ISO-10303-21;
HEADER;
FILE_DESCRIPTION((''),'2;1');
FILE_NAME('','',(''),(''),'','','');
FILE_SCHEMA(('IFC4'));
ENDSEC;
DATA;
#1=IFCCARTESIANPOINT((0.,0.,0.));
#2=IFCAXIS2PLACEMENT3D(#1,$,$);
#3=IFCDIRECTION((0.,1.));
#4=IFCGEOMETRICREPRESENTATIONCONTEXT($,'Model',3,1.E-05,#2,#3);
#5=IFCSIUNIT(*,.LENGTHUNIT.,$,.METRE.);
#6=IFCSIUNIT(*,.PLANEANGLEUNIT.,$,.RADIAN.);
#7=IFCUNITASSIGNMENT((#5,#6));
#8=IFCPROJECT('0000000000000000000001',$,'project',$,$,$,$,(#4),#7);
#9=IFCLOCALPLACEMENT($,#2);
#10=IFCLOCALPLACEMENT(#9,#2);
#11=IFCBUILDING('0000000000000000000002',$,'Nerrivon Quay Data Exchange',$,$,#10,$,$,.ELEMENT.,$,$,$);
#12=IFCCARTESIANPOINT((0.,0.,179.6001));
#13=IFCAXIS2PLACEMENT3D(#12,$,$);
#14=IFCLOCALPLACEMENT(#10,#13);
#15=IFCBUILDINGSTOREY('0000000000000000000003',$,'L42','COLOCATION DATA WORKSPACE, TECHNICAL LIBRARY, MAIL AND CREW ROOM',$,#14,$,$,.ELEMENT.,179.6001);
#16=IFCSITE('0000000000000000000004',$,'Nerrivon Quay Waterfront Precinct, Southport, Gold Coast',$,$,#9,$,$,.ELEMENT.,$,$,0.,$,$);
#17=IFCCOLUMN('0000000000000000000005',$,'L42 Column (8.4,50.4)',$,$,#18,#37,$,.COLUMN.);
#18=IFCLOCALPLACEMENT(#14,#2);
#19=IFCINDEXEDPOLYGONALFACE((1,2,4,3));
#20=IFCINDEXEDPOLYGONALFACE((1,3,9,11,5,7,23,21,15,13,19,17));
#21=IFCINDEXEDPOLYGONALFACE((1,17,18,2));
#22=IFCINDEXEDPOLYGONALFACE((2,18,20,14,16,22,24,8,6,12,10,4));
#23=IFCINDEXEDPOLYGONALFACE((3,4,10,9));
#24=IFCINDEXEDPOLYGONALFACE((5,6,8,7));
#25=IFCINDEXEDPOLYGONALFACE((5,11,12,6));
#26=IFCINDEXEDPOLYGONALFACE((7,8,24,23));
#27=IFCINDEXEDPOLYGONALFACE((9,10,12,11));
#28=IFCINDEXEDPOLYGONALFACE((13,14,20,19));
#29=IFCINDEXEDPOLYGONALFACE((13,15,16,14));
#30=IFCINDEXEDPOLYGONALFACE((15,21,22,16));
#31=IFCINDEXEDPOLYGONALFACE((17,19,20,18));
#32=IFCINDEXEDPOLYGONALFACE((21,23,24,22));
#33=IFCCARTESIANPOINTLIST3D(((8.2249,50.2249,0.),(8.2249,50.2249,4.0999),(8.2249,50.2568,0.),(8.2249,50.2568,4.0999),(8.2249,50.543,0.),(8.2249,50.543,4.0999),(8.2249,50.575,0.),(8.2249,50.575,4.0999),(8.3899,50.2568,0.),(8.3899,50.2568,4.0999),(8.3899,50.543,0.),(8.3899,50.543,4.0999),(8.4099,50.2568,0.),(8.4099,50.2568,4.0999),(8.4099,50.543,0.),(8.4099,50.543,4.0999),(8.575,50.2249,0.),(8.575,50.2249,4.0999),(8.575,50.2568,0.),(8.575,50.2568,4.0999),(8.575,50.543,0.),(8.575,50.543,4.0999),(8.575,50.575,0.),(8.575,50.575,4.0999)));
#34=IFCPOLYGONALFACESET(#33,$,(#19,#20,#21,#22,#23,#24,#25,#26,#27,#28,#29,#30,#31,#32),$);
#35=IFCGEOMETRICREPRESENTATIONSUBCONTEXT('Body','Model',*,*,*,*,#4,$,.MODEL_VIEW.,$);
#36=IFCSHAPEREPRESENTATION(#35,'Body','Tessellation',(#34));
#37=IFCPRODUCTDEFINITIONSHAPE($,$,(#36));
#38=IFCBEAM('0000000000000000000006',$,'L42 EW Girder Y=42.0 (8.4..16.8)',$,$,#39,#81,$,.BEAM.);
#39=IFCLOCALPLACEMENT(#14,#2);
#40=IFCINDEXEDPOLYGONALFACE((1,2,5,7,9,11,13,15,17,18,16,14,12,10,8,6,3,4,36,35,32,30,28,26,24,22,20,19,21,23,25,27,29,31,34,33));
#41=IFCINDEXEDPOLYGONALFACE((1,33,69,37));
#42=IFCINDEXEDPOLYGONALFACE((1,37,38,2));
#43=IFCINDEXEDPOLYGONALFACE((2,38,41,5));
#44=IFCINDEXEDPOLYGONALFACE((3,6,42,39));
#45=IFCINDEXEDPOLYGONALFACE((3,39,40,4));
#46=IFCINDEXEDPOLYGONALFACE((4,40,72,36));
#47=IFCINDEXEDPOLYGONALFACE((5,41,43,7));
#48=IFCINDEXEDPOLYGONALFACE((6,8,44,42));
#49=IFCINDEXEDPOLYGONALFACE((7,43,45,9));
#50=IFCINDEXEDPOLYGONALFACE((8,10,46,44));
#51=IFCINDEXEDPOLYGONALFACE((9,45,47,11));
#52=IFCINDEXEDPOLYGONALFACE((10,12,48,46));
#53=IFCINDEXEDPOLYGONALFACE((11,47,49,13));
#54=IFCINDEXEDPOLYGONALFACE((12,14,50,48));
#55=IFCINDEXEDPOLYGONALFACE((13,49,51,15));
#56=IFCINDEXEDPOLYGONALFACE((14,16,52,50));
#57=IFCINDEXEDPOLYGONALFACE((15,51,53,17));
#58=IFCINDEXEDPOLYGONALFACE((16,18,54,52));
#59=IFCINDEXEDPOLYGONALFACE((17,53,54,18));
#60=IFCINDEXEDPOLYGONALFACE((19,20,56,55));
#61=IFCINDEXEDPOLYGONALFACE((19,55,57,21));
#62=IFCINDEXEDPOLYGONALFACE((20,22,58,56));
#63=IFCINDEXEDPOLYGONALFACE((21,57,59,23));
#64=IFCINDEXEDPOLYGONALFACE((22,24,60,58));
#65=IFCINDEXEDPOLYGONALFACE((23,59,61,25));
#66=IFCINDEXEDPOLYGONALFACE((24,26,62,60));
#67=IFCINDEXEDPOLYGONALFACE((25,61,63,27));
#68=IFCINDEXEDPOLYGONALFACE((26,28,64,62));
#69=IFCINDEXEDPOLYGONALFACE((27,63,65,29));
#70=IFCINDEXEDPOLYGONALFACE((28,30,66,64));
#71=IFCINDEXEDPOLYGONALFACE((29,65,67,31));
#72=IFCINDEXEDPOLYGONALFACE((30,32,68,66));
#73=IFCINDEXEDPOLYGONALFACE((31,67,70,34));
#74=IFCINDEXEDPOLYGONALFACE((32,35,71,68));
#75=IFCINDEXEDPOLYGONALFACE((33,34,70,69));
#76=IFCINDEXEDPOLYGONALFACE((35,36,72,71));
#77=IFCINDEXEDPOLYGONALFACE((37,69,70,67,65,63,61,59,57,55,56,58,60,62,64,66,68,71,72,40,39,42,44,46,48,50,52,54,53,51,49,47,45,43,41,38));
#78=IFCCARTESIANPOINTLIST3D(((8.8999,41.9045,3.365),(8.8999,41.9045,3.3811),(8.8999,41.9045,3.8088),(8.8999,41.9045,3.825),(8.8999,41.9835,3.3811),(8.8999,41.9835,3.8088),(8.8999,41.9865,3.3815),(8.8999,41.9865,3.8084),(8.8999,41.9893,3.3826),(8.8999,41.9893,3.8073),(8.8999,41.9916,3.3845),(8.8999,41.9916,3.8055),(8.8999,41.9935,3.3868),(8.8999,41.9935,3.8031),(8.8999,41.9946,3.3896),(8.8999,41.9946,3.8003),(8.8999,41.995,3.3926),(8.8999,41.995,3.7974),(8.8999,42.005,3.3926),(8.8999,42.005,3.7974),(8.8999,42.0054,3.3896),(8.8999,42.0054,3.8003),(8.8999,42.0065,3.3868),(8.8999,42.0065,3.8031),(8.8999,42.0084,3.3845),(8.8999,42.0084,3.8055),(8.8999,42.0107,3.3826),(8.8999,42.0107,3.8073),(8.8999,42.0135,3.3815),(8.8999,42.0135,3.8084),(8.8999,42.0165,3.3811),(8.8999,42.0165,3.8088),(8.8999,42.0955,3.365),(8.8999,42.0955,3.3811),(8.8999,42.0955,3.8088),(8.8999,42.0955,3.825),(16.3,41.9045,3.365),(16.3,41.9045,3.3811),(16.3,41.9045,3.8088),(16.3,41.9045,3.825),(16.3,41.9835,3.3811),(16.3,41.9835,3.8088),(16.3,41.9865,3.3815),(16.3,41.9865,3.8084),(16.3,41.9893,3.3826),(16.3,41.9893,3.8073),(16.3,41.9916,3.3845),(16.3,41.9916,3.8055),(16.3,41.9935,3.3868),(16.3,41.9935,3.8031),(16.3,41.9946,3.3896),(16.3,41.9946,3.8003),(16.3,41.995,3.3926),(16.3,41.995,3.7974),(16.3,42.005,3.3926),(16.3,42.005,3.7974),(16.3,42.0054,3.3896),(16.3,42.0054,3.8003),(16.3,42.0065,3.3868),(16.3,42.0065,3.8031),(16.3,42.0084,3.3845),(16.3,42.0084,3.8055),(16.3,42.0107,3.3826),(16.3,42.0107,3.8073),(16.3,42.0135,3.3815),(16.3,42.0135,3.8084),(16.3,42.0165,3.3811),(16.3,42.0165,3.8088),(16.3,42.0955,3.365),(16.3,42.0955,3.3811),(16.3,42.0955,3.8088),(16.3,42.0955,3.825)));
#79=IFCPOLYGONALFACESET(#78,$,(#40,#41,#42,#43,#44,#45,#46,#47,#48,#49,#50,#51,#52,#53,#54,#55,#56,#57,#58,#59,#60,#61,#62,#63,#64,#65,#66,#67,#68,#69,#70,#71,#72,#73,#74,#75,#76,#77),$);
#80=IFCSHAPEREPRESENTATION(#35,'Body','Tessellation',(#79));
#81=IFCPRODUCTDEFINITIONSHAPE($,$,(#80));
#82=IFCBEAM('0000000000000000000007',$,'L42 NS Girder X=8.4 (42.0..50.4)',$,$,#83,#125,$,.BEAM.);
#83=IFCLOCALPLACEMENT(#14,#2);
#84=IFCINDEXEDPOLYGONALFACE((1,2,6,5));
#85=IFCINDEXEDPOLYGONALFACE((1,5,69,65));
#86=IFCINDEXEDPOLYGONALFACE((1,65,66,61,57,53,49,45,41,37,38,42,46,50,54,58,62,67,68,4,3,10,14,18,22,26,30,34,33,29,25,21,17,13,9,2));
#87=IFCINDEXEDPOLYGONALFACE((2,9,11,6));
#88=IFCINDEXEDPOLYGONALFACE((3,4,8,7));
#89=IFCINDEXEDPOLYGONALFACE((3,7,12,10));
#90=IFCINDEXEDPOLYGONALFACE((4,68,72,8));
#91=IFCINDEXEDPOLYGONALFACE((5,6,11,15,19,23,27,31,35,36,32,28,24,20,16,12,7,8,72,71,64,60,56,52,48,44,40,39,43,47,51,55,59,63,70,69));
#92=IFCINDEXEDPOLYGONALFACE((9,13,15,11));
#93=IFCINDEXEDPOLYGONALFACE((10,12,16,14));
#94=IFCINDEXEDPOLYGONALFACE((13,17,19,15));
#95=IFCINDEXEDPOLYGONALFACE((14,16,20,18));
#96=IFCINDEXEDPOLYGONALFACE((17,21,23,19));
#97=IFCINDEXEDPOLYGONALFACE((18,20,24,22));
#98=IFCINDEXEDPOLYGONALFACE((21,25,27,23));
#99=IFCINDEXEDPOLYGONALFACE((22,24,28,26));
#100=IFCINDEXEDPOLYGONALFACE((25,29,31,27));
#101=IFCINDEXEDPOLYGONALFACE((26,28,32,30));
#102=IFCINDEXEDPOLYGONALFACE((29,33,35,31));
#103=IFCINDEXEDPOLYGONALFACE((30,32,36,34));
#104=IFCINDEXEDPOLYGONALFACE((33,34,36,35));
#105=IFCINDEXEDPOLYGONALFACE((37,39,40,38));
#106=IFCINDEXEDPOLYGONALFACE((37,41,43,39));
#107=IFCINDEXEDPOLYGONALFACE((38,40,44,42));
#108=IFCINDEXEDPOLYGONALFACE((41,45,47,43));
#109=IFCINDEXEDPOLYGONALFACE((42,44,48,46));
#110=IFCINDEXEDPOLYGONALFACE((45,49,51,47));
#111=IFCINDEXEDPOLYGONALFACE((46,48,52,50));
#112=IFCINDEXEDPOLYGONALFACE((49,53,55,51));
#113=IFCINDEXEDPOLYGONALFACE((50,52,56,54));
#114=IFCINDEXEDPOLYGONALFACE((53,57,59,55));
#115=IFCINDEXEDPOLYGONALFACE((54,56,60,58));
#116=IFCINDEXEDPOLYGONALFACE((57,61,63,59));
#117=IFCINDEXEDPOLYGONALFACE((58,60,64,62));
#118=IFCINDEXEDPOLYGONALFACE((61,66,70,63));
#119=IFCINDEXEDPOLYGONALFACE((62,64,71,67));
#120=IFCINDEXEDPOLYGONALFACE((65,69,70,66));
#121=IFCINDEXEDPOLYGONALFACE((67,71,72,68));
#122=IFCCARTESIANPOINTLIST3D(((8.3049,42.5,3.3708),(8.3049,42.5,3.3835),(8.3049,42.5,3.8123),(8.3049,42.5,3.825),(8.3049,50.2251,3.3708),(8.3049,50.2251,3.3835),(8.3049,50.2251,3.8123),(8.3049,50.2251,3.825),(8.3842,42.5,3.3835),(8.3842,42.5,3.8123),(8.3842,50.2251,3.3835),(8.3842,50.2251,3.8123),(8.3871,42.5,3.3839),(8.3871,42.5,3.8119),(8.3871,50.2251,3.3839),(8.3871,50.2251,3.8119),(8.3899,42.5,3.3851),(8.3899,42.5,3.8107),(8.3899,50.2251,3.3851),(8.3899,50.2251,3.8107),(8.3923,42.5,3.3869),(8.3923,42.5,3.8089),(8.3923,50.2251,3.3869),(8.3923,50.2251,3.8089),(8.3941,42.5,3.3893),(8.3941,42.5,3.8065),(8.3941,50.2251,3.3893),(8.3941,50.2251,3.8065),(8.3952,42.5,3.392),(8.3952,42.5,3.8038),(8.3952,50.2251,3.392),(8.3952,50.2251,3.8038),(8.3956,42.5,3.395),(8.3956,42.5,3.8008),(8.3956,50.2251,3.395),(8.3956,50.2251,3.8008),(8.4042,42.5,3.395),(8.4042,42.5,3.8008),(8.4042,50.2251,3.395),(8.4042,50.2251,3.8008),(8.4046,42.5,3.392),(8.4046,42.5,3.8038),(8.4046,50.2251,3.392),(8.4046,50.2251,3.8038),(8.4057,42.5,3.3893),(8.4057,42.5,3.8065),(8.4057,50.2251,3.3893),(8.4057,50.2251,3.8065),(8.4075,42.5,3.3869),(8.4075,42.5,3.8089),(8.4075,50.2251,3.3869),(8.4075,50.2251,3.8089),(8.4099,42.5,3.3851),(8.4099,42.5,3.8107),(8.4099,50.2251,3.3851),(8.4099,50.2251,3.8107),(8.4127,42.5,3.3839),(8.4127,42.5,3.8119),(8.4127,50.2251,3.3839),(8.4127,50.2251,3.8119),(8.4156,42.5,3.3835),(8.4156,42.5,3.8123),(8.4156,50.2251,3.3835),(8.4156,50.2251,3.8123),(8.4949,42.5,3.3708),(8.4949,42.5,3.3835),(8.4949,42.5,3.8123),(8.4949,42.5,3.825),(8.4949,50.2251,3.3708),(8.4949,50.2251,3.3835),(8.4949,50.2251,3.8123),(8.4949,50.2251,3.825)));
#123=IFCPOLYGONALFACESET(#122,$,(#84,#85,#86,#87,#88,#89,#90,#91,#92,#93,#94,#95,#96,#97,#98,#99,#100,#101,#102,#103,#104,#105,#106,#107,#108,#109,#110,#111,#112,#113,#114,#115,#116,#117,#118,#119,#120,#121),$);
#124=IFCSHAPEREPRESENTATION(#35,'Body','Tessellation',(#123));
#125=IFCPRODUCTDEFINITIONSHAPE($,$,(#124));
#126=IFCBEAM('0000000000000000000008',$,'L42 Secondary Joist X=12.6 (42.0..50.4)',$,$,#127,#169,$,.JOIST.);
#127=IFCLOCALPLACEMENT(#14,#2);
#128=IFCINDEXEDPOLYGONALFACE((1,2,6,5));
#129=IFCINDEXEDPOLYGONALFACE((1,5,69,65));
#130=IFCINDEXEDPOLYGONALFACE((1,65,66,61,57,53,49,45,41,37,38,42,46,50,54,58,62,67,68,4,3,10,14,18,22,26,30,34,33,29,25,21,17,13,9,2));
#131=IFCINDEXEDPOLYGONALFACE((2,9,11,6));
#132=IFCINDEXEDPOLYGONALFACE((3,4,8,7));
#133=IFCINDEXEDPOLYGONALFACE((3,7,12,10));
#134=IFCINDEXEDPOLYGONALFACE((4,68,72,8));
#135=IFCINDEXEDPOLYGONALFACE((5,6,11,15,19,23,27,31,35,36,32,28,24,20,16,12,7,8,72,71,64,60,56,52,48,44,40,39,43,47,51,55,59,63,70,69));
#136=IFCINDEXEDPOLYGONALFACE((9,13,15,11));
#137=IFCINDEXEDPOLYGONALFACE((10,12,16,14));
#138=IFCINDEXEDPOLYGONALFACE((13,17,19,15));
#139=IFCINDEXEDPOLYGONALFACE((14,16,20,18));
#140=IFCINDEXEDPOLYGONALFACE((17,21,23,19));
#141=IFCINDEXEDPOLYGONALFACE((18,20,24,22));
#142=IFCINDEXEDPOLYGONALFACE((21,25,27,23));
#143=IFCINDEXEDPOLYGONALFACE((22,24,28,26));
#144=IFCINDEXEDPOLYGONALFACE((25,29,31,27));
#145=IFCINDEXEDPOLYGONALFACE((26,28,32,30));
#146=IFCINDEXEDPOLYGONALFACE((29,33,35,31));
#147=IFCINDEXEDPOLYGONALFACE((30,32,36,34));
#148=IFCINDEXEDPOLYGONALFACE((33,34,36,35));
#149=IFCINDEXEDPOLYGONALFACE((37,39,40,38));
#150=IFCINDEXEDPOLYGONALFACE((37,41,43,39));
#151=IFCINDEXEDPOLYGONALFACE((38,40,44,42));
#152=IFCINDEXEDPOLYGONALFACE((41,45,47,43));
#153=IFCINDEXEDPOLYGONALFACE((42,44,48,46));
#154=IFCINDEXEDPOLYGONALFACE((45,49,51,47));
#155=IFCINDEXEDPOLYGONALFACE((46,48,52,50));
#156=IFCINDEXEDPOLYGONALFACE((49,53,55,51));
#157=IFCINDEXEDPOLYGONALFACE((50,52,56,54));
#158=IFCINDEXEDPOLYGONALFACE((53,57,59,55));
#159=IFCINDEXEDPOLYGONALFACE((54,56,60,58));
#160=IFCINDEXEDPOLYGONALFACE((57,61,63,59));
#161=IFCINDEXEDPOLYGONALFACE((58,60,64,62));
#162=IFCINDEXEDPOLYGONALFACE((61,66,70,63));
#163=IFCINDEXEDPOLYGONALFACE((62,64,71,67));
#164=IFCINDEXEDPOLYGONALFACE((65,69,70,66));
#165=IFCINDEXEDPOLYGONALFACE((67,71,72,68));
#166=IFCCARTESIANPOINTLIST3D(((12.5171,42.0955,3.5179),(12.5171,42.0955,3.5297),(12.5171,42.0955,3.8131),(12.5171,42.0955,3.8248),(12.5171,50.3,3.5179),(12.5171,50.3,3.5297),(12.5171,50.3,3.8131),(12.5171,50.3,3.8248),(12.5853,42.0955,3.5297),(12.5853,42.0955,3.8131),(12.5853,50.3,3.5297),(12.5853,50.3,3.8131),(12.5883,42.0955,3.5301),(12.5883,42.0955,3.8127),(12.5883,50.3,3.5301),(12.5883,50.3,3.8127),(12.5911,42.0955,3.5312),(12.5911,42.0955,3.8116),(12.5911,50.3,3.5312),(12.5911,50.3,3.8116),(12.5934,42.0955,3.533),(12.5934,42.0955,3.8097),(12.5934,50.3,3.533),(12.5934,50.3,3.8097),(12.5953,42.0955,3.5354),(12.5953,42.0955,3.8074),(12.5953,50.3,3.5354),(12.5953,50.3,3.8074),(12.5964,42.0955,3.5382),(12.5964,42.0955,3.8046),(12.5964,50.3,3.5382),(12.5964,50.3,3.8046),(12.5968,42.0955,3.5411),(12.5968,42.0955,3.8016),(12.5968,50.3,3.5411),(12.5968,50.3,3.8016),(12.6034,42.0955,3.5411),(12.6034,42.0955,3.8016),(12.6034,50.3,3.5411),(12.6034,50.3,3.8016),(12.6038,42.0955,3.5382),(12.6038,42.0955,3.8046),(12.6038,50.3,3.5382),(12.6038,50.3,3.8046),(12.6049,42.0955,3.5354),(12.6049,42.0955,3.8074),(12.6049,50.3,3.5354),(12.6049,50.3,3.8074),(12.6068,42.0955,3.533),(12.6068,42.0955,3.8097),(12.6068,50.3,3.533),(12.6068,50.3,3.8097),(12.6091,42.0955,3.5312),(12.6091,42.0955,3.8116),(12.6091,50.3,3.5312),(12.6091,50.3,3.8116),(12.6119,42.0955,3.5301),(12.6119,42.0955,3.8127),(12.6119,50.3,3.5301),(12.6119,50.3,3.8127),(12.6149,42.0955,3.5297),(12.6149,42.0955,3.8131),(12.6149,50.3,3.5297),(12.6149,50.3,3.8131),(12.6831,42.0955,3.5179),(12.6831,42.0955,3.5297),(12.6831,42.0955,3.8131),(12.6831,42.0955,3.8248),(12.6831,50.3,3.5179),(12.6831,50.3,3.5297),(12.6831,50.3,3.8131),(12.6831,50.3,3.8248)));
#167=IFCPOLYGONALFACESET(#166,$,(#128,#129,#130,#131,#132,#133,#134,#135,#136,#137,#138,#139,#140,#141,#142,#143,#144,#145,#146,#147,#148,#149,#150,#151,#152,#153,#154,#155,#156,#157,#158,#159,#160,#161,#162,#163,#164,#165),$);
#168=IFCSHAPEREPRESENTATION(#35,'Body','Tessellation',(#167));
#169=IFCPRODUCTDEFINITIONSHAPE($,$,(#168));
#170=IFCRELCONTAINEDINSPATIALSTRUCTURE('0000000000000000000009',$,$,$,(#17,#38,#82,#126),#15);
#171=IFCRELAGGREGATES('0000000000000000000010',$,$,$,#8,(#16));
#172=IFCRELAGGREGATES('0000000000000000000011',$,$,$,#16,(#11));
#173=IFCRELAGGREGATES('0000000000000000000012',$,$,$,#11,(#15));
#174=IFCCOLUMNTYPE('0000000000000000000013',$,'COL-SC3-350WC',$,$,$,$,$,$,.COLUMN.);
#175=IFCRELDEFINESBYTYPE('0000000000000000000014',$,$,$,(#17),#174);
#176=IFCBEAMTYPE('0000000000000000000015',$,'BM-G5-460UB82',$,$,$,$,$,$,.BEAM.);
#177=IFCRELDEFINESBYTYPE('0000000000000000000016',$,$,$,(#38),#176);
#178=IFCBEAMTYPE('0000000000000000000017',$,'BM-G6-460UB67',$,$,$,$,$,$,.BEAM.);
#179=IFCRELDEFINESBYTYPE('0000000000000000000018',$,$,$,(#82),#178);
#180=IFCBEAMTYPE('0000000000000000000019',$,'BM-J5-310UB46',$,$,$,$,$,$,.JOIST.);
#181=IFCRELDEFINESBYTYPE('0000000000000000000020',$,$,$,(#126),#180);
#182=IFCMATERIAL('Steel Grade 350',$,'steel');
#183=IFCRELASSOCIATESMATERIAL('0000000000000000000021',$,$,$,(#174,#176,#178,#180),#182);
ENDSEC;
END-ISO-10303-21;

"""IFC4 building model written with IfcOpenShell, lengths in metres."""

from ifc_helpers import new_model, si_unit, direction, frame, origin, origin_2d, place, context, subcontext, project, spatial, i_section, extrude, material, material_profile, profile_set, type_object, element, save


model = new_model("IFC4")

# Units and contexts
model_context = context("Model", 3, precision=1e-05, world=origin(), true_north=direction((0.0, 1.0)))
body_context = subcontext(model_context, "Body", "Model", "MODEL_VIEW")
ifc_project = project(units=[si_unit("LENGTHUNIT", "METRE"), si_unit("PLANEANGLEUNIT", "RADIAN")], contexts=[model_context])

# Site, building, storey
site_placement = place(None, origin())
site = spatial("IfcSite", under=ifc_project, at=site_placement, Name="Nerrivon Quay Waterfront Precinct, Southport, Gold Coast", CompositionType="ELEMENT", RefElevation=0.0)
building_placement = place(site_placement, origin())
building = spatial("IfcBuilding", under=site, at=building_placement, Name="Nerrivon Quay Data Exchange", CompositionType="ELEMENT")
storey_placement = place(building_placement, frame((0.0, 0.0, 179.6001)))
storey = spatial("IfcBuildingStorey", under=building, at=storey_placement, Name="L42", Description="COLOCATION DATA WORKSPACE, TECHNICAL LIBRARY, MAIL AND CREW ROOM", CompositionType="ELEMENT", Elevation=179.6001)

# Column
ifc_material_1 = material(Name="Steel Grade 350", Category="steel")
ifc_material_profile_1 = material_profile(ifc_material_1, i_section(OverallWidth=0.3501, OverallDepth=0.3501, WebThickness=0.02, FlangeThickness=0.032, at=origin_2d()), Name="350WC230")
ifc_profile_set_1 = profile_set([ifc_material_profile_1], Name="Steel Grade 350")
column_type = type_object("IfcColumnType", Name="COL-SC3-350WC", PredefinedType="COLUMN", material=ifc_profile_set_1)
column_placement = place(storey_placement, frame((8.3999, 50.3999, 0.0), z_axis=(0.0, 0.0, 1.0), x_axis=(1.0, 0.0, 0.0)))
element("IfcColumn", 1, at=column_placement, inside=storey, type_object=column_type, Name="L42 Column (8.4,50.4)", PredefinedType="COLUMN", context=body_context, shape_type="SweptSolid", body=[
    extrude(i_section(OverallWidth=0.3501, OverallDepth=0.3501, WebThickness=0.02, FlangeThickness=0.032, at=origin_2d()), origin(), (0.0, 0.0, 1.0), 4.0999),
])

# Beams
ifc_material_profile_2 = material_profile(ifc_material_1, i_section(OverallWidth=0.1909, OverallDepth=0.46, WebThickness=0.01, FlangeThickness=0.0161, FilletRadius=0.0115, at=origin_2d()), Name="460UB82.1")
ifc_profile_set_2 = profile_set([ifc_material_profile_2], Name="Steel Grade 350")
beam_type_1 = type_object("IfcBeamType", Name="BM-G5-460UB82", PredefinedType="BEAM", material=ifc_profile_set_2)
beam_1_placement = place(storey_placement, frame((8.8999, 42.0, 3.595), z_axis=(1.0, 0.0, 0.0), x_axis=(0.0, 1.0, 0.0)))
element("IfcBeam", 2, at=beam_1_placement, inside=storey, type_object=beam_type_1, Name="L42 EW Girder Y=42.0 (8.4..16.8)", PredefinedType="BEAM", context=body_context, shape_type="SweptSolid", body=[
    extrude(i_section(OverallWidth=0.1909, OverallDepth=0.46, WebThickness=0.01, FlangeThickness=0.0161, FilletRadius=0.0115, at=origin_2d()), origin(), (0.0, 0.0, 1.0), 7.4001),
])
ifc_material_profile_3 = material_profile(ifc_material_1, i_section(OverallWidth=0.1899, OverallDepth=0.4541, WebThickness=0.0085, FlangeThickness=0.0127, FilletRadius=0.0115, at=origin_2d()), Name="460UB67.1")
ifc_profile_set_3 = profile_set([ifc_material_profile_3], Name="Steel Grade 350")
beam_type_2 = type_object("IfcBeamType", Name="BM-G6-460UB67", PredefinedType="BEAM", material=ifc_profile_set_3)
beam_2_placement = place(storey_placement, frame((8.3999, 42.5, 3.5979), z_axis=(0.0, 1.0, 0.0), x_axis=(-1.0, 0.0, 0.0)))
element("IfcBeam", 3, at=beam_2_placement, inside=storey, type_object=beam_type_2, Name="L42 NS Girder X=8.4 (42.0..50.4)", PredefinedType="BEAM", context=body_context, shape_type="SweptSolid", body=[
    extrude(i_section(OverallWidth=0.1899, OverallDepth=0.4541, WebThickness=0.0085, FlangeThickness=0.0127, FilletRadius=0.0115, at=origin_2d()), origin(), (0.0, 0.0, 1.0), 7.7251),
])
ifc_material_profile_4 = material_profile(ifc_material_1, i_section(OverallWidth=0.166, OverallDepth=0.3069, WebThickness=0.0066, FlangeThickness=0.0117, FilletRadius=0.0115, at=origin_2d()), Name="310UB46.2")
ifc_profile_set_4 = profile_set([ifc_material_profile_4], Name="Steel Grade 350")
beam_type_3 = type_object("IfcBeamType", Name="BM-J5-310UB46", PredefinedType="JOIST", material=ifc_profile_set_4)
beam_3_placement = place(storey_placement, frame((12.6001, 42.0955, 3.6714), z_axis=(0.0, 1.0, 0.0), x_axis=(-1.0, 0.0, 0.0)))
element("IfcBeam", 4, at=beam_3_placement, inside=storey, type_object=beam_type_3, Name="L42 Secondary Joist X=12.6 (42.0..50.4)", PredefinedType="JOIST", context=body_context, shape_type="SweptSolid", body=[
    extrude(i_section(OverallWidth=0.166, OverallDepth=0.3069, WebThickness=0.0066, FlangeThickness=0.0117, FilletRadius=0.0115, at=origin_2d()), origin(), (0.0, 0.0, 1.0), 8.2046),
])

save(model, "model.ifc")
